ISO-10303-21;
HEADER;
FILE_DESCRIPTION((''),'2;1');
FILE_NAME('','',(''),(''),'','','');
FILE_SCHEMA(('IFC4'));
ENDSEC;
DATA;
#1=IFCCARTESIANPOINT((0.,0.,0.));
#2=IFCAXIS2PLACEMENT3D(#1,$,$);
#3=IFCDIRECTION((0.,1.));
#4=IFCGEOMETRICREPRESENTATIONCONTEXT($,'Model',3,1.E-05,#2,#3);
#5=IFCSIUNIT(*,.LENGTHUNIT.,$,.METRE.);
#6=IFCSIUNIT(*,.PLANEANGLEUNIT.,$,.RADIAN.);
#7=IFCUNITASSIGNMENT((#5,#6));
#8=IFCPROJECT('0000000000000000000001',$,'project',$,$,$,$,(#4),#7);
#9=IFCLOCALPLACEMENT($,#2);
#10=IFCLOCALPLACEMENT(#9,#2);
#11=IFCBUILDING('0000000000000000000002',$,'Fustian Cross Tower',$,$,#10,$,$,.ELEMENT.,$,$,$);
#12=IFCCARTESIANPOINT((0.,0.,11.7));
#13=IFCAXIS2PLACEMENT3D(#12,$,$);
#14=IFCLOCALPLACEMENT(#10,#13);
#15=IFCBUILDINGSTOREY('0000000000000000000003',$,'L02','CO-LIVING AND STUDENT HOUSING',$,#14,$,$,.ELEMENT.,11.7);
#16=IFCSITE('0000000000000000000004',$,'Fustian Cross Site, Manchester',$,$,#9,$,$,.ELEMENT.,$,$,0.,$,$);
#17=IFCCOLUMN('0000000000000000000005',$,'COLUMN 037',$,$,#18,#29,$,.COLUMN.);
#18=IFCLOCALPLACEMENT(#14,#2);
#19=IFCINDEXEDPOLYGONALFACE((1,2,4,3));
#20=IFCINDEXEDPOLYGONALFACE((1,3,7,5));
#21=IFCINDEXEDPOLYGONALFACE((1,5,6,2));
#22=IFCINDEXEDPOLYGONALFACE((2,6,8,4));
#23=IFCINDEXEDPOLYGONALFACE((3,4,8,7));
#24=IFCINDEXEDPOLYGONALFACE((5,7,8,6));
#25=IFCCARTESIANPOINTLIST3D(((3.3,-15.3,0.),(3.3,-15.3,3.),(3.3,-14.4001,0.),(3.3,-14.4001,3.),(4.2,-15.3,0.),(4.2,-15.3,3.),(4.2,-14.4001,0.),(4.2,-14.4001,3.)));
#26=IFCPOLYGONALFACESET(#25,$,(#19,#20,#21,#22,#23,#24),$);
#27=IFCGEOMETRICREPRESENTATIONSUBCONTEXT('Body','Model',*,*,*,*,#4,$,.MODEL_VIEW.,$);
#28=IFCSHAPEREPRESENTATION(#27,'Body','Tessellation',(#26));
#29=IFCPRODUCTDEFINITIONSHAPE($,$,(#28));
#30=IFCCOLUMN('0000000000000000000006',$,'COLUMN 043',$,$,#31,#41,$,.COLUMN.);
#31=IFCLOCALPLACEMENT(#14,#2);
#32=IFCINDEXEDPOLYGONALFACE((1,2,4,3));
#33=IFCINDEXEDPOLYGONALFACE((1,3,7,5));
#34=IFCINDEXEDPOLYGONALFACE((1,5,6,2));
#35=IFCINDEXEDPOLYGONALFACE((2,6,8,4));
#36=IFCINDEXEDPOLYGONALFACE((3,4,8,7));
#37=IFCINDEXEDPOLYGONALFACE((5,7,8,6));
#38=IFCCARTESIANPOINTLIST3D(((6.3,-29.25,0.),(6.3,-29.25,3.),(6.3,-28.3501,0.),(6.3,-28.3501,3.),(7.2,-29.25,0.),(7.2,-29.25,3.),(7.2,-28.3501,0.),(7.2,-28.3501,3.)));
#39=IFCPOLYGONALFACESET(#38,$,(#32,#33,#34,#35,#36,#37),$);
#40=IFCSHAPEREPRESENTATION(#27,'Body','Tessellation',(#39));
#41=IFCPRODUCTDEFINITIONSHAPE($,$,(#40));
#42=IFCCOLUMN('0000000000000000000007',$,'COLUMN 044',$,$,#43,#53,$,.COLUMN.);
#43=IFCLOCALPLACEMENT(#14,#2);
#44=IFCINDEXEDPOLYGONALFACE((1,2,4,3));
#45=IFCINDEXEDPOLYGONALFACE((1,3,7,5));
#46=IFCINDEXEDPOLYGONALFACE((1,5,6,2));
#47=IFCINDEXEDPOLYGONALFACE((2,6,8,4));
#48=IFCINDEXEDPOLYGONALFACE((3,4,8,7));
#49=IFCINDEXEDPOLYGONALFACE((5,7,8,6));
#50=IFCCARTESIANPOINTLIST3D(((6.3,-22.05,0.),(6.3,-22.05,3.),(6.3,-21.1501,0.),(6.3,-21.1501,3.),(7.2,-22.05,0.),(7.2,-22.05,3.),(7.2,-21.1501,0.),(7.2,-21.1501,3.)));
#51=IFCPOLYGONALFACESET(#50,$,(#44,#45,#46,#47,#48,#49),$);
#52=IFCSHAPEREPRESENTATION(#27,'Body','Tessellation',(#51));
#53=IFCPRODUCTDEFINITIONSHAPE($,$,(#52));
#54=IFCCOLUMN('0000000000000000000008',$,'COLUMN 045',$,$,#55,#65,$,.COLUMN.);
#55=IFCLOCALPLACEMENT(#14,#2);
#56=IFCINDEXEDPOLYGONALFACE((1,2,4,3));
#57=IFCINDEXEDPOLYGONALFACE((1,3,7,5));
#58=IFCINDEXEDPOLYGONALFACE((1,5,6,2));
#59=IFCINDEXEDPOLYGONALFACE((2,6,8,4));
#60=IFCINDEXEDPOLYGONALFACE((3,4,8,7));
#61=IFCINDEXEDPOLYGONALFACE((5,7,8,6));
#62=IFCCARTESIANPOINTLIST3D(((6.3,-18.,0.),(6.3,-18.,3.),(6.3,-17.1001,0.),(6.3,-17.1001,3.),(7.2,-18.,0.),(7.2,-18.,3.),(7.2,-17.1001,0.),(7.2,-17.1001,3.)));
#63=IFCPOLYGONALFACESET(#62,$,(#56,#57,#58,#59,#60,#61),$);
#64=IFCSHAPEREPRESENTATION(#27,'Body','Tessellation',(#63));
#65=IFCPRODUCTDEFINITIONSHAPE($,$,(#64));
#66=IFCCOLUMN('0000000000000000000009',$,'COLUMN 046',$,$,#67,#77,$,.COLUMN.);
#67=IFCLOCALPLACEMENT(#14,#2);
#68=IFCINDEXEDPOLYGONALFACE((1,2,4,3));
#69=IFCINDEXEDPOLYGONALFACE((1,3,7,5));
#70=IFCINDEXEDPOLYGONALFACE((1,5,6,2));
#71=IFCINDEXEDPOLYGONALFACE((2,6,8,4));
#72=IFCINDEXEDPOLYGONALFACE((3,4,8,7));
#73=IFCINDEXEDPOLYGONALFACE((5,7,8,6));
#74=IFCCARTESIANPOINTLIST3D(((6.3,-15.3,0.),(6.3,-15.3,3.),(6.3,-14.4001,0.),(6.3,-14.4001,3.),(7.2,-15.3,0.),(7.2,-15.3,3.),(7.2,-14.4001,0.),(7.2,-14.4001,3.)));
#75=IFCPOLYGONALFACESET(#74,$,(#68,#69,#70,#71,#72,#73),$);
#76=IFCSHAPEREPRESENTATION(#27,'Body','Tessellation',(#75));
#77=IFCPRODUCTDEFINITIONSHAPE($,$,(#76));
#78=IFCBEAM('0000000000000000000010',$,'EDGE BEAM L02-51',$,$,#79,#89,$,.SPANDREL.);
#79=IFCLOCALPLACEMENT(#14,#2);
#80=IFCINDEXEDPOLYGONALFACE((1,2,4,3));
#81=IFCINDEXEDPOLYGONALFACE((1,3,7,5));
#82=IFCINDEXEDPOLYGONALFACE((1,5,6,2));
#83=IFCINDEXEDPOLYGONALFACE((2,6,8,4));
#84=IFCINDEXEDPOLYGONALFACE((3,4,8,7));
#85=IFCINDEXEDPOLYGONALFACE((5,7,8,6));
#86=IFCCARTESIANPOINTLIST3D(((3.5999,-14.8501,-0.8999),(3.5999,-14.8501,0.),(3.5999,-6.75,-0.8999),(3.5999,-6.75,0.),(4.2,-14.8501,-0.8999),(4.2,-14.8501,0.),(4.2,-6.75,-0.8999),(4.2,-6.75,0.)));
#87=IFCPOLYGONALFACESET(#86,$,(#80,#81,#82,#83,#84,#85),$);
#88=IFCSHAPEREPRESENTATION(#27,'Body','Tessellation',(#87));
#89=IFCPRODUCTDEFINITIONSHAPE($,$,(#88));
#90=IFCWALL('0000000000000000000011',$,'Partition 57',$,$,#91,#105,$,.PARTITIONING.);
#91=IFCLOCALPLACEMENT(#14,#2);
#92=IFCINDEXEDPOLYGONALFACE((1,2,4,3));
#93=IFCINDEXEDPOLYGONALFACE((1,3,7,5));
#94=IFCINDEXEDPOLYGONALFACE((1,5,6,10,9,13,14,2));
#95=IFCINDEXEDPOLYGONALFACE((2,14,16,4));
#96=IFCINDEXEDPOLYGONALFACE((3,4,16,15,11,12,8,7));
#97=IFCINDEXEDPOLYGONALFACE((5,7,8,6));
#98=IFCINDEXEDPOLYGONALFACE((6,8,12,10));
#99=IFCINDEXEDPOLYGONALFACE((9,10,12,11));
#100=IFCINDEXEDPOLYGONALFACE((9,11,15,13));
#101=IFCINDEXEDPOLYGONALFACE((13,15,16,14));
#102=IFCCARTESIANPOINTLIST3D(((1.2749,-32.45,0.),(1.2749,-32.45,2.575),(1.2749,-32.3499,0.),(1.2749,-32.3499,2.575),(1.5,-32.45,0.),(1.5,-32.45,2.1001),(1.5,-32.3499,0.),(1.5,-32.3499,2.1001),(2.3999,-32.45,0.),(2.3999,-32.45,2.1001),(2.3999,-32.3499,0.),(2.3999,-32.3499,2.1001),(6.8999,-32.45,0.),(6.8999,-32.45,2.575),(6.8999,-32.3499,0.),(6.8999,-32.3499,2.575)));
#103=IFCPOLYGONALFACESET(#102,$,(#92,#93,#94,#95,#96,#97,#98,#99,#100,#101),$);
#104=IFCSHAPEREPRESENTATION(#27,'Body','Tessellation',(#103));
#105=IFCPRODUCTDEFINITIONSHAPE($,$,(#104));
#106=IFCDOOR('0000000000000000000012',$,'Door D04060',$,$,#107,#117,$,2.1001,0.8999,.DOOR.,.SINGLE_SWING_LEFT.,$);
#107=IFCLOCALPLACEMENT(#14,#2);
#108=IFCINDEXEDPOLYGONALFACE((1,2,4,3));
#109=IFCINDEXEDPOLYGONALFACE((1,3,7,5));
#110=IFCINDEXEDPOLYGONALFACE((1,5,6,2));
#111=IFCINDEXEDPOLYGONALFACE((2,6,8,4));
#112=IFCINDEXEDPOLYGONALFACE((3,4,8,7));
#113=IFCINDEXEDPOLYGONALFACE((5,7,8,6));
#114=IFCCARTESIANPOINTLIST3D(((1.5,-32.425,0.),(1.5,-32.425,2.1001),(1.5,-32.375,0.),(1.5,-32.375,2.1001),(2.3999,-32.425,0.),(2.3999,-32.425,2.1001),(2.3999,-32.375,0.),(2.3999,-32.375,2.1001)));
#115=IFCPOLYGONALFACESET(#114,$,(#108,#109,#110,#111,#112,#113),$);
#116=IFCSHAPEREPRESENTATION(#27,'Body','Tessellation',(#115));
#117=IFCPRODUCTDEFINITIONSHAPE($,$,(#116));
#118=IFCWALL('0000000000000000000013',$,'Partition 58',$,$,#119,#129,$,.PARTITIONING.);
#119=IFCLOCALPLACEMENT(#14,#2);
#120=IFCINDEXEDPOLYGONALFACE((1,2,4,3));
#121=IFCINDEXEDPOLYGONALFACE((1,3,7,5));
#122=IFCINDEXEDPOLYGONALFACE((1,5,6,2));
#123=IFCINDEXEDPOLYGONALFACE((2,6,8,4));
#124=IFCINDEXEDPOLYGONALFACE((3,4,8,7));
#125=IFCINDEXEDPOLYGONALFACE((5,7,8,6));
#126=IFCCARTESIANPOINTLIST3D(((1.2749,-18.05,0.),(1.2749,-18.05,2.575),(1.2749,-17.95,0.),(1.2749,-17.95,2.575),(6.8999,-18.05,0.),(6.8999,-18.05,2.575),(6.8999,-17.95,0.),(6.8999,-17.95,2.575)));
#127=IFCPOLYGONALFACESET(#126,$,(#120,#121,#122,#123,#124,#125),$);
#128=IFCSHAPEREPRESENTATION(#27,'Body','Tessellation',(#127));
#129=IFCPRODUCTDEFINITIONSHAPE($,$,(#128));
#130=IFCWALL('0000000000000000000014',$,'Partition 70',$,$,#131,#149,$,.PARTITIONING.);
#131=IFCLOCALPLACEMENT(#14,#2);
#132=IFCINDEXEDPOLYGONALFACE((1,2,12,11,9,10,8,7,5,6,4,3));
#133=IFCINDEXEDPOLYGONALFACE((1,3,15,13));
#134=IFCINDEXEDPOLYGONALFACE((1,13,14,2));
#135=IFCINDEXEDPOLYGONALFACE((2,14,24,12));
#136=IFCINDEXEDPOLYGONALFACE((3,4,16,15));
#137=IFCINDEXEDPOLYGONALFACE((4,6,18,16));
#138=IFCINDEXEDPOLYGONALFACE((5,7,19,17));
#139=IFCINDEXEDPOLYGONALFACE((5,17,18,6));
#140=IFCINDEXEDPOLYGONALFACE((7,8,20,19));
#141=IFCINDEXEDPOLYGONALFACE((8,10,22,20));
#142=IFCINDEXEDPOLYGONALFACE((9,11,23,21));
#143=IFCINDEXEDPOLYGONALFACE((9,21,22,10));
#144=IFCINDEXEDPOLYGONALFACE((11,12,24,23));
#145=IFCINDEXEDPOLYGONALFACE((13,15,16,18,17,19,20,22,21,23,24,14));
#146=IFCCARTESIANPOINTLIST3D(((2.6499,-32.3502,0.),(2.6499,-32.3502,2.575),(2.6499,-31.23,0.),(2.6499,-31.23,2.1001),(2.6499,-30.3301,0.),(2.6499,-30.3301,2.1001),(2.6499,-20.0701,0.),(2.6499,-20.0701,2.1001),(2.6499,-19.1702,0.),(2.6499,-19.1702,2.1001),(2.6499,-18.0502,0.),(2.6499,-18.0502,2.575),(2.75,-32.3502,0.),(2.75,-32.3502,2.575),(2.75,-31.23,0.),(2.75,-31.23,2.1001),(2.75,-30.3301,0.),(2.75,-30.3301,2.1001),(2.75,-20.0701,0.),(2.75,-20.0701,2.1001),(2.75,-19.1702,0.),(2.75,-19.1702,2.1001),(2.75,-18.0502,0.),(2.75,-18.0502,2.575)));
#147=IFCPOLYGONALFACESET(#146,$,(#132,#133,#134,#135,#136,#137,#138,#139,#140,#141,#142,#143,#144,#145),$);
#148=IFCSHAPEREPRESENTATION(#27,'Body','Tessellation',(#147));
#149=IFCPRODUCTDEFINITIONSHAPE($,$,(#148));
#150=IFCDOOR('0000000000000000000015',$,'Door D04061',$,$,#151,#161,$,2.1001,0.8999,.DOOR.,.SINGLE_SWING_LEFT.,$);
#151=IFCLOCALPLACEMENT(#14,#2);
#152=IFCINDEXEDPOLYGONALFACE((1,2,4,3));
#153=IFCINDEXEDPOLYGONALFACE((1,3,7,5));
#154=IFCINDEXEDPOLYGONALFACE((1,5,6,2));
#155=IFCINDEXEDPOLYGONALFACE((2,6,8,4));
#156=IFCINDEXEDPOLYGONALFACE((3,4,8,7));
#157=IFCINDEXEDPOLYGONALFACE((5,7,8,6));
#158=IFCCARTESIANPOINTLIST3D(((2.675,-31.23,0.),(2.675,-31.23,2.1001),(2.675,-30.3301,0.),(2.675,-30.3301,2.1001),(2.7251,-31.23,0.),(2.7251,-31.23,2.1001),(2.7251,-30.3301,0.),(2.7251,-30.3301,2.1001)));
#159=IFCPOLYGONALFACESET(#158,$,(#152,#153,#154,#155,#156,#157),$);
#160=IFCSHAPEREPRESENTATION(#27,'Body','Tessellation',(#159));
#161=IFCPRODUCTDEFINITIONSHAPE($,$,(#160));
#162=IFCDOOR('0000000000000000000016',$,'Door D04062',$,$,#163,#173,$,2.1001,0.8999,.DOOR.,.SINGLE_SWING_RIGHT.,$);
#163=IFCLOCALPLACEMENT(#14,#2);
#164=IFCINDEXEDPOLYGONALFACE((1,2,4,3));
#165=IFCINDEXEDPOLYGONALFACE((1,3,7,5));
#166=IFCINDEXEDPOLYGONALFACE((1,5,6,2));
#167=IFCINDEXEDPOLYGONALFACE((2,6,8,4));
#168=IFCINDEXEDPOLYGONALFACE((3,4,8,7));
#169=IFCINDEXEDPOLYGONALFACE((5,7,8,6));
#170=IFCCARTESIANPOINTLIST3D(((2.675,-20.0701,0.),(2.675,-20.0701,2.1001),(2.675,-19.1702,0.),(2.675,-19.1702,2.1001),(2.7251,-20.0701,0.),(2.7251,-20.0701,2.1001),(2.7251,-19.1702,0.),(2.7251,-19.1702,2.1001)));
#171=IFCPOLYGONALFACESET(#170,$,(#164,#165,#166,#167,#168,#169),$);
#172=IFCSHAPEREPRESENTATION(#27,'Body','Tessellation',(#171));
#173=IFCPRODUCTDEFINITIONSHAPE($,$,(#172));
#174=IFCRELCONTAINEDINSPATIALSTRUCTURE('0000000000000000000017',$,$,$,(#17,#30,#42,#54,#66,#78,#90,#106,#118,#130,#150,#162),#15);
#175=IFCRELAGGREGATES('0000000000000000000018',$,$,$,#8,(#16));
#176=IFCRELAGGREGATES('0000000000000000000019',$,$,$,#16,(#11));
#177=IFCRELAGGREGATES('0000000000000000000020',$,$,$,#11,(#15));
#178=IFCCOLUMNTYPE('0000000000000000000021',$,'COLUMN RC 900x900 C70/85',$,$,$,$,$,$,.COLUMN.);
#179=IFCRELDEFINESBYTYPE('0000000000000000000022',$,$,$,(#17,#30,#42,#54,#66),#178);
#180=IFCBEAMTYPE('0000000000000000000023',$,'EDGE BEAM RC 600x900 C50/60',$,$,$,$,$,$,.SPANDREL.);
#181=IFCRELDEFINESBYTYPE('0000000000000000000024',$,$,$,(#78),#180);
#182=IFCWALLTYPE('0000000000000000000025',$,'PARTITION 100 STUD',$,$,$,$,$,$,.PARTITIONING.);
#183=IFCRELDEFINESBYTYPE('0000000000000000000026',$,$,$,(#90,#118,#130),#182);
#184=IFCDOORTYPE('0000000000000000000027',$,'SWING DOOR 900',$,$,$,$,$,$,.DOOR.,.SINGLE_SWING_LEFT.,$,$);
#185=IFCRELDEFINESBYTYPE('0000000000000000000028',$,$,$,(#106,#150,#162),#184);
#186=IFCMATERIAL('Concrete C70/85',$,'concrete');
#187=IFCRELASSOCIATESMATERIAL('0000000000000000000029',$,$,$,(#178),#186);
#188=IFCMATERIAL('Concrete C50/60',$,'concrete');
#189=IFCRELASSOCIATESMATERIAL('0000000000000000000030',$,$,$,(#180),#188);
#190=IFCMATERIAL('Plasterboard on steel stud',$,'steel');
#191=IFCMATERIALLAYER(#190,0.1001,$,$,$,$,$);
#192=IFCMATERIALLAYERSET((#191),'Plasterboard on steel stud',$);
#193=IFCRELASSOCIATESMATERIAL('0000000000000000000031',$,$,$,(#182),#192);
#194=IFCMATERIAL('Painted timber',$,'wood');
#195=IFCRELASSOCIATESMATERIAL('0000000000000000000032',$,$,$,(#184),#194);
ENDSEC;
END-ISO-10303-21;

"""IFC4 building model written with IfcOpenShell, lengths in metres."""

from ifc_helpers import new_model, si_unit, direction, frame, frame_2d, origin, origin_2d, place, context, subcontext, project, spatial, rectangle, extrude, material, layer, layer_set, material_profile, profile_set, type_object, element, fill, save


model = new_model("IFC4")

# Units and contexts
model_context = context("Model", 3, precision=1e-05, world=origin(), true_north=direction((0.0, 1.0)))
body_context = subcontext(model_context, "Body", "Model", "MODEL_VIEW")
ifc_project = project(units=[si_unit("LENGTHUNIT", "METRE"), si_unit("PLANEANGLEUNIT", "RADIAN")], contexts=[model_context])

# Site, building, storey
site_placement = place(None, origin())
site = spatial("IfcSite", under=ifc_project, at=site_placement, Name="Fustian Cross Site, Manchester", CompositionType="ELEMENT", RefElevation=0.0)
building_placement = place(site_placement, origin())
building = spatial("IfcBuilding", under=site, at=building_placement, Name="Fustian Cross Tower", CompositionType="ELEMENT")
storey_placement = place(building_placement, frame((0.0, 0.0, 11.7)))
storey = spatial("IfcBuildingStorey", under=building, at=storey_placement, Name="L02", Description="CO-LIVING AND STUDENT HOUSING", CompositionType="ELEMENT", Elevation=11.7)

# Columns
ifc_material_1 = material(Name="Concrete C70/85", Category="concrete")
ifc_material_profile_1 = material_profile(ifc_material_1, rectangle(XDim=0.8999, YDim=0.8999, at=origin_2d()), Name="RC 900x900")
ifc_profile_set_1 = profile_set([ifc_material_profile_1], Name="Concrete C70/85")
column_type = type_object("IfcColumnType", Name="COLUMN RC 900x900 C70/85", PredefinedType="COLUMN", material=ifc_profile_set_1)
for number, where, z_axis, x_axis, name in (
    (1, (3.75, -14.8501, 0.0), (0.0, 0.0, 1.0), (1.0, 0.0, 0.0), "COLUMN 037"),
    (2, (6.75, -28.8, 0.0), (0.0, 0.0, 1.0), (1.0, 0.0, 0.0), "COLUMN 043"),
    (3, (6.75, -21.6001, 0.0), (0.0, 0.0, 1.0), (1.0, 0.0, 0.0), "COLUMN 044"),
    (4, (6.75, -17.55, 0.0), (0.0, 0.0, 1.0), (1.0, 0.0, 0.0), "COLUMN 045"),
    (5, (6.75, -14.8501, 0.0), (0.0, 0.0, 1.0), (1.0, 0.0, 0.0), "COLUMN 046"),
):
    element("IfcColumn", number, at=place(storey_placement, frame(where, z_axis=z_axis, x_axis=x_axis)), inside=storey, type_object=column_type, Name=name, PredefinedType="COLUMN", context=body_context, shape_type="SweptSolid", body=[
        extrude(rectangle(XDim=0.8999, YDim=0.8999, at=origin_2d()), origin(), (0.0, 0.0, 1.0), 3.0),
    ])

# Beam
ifc_material_2 = material(Name="Concrete C50/60", Category="concrete")
ifc_material_profile_2 = material_profile(ifc_material_2, rectangle(XDim=0.6001, YDim=0.8999, at=origin_2d()), Name="RC 600x900")
ifc_profile_set_2 = profile_set([ifc_material_profile_2], Name="Concrete C50/60")
beam_type = type_object("IfcBeamType", Name="EDGE BEAM RC 600x900 C50/60", PredefinedType="SPANDREL", material=ifc_profile_set_2)
beam_placement = place(storey_placement, frame((3.8999, -14.8501, -0.45), z_axis=(0.0, 1.0, 0.0), x_axis=(-1.0, 0.0, 0.0)))
element("IfcBeam", 6, at=beam_placement, inside=storey, type_object=beam_type, Name="EDGE BEAM L02-51", PredefinedType="SPANDREL", context=body_context, shape_type="SweptSolid", body=[
    extrude(rectangle(XDim=0.6001, YDim=0.8999, at=origin_2d()), origin(), (0.0, 0.0, 1.0), 8.1001),
])

# Wall, opening, door
ifc_material_3 = material(Name="Plasterboard on steel stud", Category="steel")
ifc_layer = layer(ifc_material_3, 0.1001)
ifc_layer_set = layer_set([ifc_layer], Name="Plasterboard on steel stud")
wall_type = type_object("IfcWallType", Name="PARTITION 100 STUD", PredefinedType="PARTITIONING", material=ifc_layer_set)
wall_1_placement = place(storey_placement, frame((1.2749, -32.3999, 0.0), z_axis=(0.0, 0.0, 1.0), x_axis=(1.0, 0.0, 0.0)))
wall_1 = element("IfcWall", 7, at=wall_1_placement, inside=storey, type_object=wall_type, Name="Partition 57", PredefinedType="PARTITIONING", context=body_context, shape_type="SweptSolid", body=[
    extrude(rectangle(XDim=5.625, YDim=0.1001, at=frame_2d((2.8125, 0.0))), origin(), (0.0, 0.0, 1.0), 2.575),
])
opening_1_placement = place(wall_1_placement, frame((0.2251, 0.0, 0.0)))
opening_1 = element("IfcOpeningElement", 8, at=opening_1_placement, cuts=wall_1, PredefinedType="OPENING", context=body_context, shape_type="SweptSolid", body=[
    extrude(rectangle(XDim=0.8999, YDim=2.1001, at=frame_2d((0.45, 1.05))), frame((0.0, 0.0601, 0.0), z_axis=(0.0, -1.0, 0.0), x_axis=(1.0, 0.0, 0.0)), (0.0, 0.0, 1.0), 0.1201),
])
ifc_material_4 = material(Name="Painted timber", Category="wood")
door_type_1 = type_object("IfcDoorType", Name="SWING DOOR 900", OperationType="SINGLE_SWING_LEFT", PredefinedType="DOOR", material=ifc_material_4)
door_1_placement = place(opening_1_placement, origin())
door_1 = element("IfcDoor", 9, at=door_1_placement, inside=storey, type_object=door_type_1, Name="Door D04060", OperationType="SINGLE_SWING_LEFT", OverallHeight=2.1001, OverallWidth=0.8999, PredefinedType="DOOR", context=body_context, shape_type="SweptSolid", body=[
    extrude(rectangle(XDim=0.8999, YDim=2.1001, at=frame_2d((0.45, 1.05))), frame((0.0, 0.0249, 0.0), z_axis=(0.0, -1.0, 0.0), x_axis=(1.0, 0.0, 0.0)), (0.0, 0.0, 1.0), 0.05),
])
fill(opening_1, door_1)

# Wall
wall_2_placement = place(storey_placement, frame((1.2749, -18.0, 0.0), z_axis=(0.0, 0.0, 1.0), x_axis=(1.0, 0.0, 0.0)))
element("IfcWall", 10, at=wall_2_placement, inside=storey, type_object=wall_type, Name="Partition 58", PredefinedType="PARTITIONING", context=body_context, shape_type="SweptSolid", body=[
    extrude(rectangle(XDim=5.625, YDim=0.1001, at=frame_2d((2.8125, 0.0))), origin(), (0.0, 0.0, 1.0), 2.575),
])

# Wall, openings, doors
wall_3_placement = place(storey_placement, frame((2.7, -32.3501, 0.0), z_axis=(0.0, 0.0, 1.0), x_axis=(0.0, 1.0, 0.0)))
wall_3 = element("IfcWall", 11, at=wall_3_placement, inside=storey, type_object=wall_type, Name="Partition 70", PredefinedType="PARTITIONING", context=body_context, shape_type="SweptSolid", body=[
    extrude(rectangle(XDim=14.3, YDim=0.1001, at=frame_2d((7.1499, 0.0))), origin(), (0.0, 0.0, 1.0), 2.575),
])
opening_2_placement = place(wall_3_placement, frame((1.1201, 0.0, 0.0)))
opening_2 = element("IfcOpeningElement", 12, at=opening_2_placement, cuts=wall_3, PredefinedType="OPENING", context=body_context, shape_type="SweptSolid", body=[
    extrude(rectangle(XDim=0.8999, YDim=2.1001, at=frame_2d((0.45, 1.05))), frame((0.0, 0.0601, 0.0), z_axis=(0.0, -1.0, 0.0), x_axis=(1.0, 0.0, 0.0)), (0.0, 0.0, 1.0), 0.1201),
])
opening_3_placement = place(wall_3_placement, frame((12.28, 0.0, 0.0)))
opening_3 = element("IfcOpeningElement", 13, at=opening_3_placement, cuts=wall_3, PredefinedType="OPENING", context=body_context, shape_type="SweptSolid", body=[
    extrude(rectangle(XDim=0.8999, YDim=2.1001, at=frame_2d((0.45, 1.05))), frame((0.0, 0.0601, 0.0), z_axis=(0.0, -1.0, 0.0), x_axis=(1.0, 0.0, 0.0)), (0.0, 0.0, 1.0), 0.1201),
])
door_2_placement = place(opening_2_placement, origin())
door_2 = element("IfcDoor", 14, at=door_2_placement, inside=storey, type_object=door_type_1, Name="Door D04061", OperationType="SINGLE_SWING_LEFT", OverallHeight=2.1001, OverallWidth=0.8999, PredefinedType="DOOR", context=body_context, shape_type="SweptSolid", body=[
    extrude(rectangle(XDim=0.8999, YDim=2.1001, at=frame_2d((0.45, 1.05))), frame((0.0, 0.0249, 0.0), z_axis=(0.0, -1.0, 0.0), x_axis=(1.0, 0.0, 0.0)), (0.0, 0.0, 1.0), 0.05),
])
fill(opening_2, door_2)
door_3_placement = place(opening_3_placement, origin())
door_3 = element("IfcDoor", 15, at=door_3_placement, inside=storey, type_object=door_type_1, Name="Door D04062", OperationType="SINGLE_SWING_RIGHT", OverallHeight=2.1001, OverallWidth=0.8999, PredefinedType="DOOR", context=body_context, shape_type="SweptSolid", body=[
    extrude(rectangle(XDim=0.8999, YDim=2.1001, at=frame_2d((0.45, 1.05))), frame((0.0, 0.0249, 0.0), z_axis=(0.0, -1.0, 0.0), x_axis=(1.0, 0.0, 0.0)), (0.0, 0.0, 1.0), 0.05),
])
fill(opening_3, door_3)

save(model, "model.ifc")
